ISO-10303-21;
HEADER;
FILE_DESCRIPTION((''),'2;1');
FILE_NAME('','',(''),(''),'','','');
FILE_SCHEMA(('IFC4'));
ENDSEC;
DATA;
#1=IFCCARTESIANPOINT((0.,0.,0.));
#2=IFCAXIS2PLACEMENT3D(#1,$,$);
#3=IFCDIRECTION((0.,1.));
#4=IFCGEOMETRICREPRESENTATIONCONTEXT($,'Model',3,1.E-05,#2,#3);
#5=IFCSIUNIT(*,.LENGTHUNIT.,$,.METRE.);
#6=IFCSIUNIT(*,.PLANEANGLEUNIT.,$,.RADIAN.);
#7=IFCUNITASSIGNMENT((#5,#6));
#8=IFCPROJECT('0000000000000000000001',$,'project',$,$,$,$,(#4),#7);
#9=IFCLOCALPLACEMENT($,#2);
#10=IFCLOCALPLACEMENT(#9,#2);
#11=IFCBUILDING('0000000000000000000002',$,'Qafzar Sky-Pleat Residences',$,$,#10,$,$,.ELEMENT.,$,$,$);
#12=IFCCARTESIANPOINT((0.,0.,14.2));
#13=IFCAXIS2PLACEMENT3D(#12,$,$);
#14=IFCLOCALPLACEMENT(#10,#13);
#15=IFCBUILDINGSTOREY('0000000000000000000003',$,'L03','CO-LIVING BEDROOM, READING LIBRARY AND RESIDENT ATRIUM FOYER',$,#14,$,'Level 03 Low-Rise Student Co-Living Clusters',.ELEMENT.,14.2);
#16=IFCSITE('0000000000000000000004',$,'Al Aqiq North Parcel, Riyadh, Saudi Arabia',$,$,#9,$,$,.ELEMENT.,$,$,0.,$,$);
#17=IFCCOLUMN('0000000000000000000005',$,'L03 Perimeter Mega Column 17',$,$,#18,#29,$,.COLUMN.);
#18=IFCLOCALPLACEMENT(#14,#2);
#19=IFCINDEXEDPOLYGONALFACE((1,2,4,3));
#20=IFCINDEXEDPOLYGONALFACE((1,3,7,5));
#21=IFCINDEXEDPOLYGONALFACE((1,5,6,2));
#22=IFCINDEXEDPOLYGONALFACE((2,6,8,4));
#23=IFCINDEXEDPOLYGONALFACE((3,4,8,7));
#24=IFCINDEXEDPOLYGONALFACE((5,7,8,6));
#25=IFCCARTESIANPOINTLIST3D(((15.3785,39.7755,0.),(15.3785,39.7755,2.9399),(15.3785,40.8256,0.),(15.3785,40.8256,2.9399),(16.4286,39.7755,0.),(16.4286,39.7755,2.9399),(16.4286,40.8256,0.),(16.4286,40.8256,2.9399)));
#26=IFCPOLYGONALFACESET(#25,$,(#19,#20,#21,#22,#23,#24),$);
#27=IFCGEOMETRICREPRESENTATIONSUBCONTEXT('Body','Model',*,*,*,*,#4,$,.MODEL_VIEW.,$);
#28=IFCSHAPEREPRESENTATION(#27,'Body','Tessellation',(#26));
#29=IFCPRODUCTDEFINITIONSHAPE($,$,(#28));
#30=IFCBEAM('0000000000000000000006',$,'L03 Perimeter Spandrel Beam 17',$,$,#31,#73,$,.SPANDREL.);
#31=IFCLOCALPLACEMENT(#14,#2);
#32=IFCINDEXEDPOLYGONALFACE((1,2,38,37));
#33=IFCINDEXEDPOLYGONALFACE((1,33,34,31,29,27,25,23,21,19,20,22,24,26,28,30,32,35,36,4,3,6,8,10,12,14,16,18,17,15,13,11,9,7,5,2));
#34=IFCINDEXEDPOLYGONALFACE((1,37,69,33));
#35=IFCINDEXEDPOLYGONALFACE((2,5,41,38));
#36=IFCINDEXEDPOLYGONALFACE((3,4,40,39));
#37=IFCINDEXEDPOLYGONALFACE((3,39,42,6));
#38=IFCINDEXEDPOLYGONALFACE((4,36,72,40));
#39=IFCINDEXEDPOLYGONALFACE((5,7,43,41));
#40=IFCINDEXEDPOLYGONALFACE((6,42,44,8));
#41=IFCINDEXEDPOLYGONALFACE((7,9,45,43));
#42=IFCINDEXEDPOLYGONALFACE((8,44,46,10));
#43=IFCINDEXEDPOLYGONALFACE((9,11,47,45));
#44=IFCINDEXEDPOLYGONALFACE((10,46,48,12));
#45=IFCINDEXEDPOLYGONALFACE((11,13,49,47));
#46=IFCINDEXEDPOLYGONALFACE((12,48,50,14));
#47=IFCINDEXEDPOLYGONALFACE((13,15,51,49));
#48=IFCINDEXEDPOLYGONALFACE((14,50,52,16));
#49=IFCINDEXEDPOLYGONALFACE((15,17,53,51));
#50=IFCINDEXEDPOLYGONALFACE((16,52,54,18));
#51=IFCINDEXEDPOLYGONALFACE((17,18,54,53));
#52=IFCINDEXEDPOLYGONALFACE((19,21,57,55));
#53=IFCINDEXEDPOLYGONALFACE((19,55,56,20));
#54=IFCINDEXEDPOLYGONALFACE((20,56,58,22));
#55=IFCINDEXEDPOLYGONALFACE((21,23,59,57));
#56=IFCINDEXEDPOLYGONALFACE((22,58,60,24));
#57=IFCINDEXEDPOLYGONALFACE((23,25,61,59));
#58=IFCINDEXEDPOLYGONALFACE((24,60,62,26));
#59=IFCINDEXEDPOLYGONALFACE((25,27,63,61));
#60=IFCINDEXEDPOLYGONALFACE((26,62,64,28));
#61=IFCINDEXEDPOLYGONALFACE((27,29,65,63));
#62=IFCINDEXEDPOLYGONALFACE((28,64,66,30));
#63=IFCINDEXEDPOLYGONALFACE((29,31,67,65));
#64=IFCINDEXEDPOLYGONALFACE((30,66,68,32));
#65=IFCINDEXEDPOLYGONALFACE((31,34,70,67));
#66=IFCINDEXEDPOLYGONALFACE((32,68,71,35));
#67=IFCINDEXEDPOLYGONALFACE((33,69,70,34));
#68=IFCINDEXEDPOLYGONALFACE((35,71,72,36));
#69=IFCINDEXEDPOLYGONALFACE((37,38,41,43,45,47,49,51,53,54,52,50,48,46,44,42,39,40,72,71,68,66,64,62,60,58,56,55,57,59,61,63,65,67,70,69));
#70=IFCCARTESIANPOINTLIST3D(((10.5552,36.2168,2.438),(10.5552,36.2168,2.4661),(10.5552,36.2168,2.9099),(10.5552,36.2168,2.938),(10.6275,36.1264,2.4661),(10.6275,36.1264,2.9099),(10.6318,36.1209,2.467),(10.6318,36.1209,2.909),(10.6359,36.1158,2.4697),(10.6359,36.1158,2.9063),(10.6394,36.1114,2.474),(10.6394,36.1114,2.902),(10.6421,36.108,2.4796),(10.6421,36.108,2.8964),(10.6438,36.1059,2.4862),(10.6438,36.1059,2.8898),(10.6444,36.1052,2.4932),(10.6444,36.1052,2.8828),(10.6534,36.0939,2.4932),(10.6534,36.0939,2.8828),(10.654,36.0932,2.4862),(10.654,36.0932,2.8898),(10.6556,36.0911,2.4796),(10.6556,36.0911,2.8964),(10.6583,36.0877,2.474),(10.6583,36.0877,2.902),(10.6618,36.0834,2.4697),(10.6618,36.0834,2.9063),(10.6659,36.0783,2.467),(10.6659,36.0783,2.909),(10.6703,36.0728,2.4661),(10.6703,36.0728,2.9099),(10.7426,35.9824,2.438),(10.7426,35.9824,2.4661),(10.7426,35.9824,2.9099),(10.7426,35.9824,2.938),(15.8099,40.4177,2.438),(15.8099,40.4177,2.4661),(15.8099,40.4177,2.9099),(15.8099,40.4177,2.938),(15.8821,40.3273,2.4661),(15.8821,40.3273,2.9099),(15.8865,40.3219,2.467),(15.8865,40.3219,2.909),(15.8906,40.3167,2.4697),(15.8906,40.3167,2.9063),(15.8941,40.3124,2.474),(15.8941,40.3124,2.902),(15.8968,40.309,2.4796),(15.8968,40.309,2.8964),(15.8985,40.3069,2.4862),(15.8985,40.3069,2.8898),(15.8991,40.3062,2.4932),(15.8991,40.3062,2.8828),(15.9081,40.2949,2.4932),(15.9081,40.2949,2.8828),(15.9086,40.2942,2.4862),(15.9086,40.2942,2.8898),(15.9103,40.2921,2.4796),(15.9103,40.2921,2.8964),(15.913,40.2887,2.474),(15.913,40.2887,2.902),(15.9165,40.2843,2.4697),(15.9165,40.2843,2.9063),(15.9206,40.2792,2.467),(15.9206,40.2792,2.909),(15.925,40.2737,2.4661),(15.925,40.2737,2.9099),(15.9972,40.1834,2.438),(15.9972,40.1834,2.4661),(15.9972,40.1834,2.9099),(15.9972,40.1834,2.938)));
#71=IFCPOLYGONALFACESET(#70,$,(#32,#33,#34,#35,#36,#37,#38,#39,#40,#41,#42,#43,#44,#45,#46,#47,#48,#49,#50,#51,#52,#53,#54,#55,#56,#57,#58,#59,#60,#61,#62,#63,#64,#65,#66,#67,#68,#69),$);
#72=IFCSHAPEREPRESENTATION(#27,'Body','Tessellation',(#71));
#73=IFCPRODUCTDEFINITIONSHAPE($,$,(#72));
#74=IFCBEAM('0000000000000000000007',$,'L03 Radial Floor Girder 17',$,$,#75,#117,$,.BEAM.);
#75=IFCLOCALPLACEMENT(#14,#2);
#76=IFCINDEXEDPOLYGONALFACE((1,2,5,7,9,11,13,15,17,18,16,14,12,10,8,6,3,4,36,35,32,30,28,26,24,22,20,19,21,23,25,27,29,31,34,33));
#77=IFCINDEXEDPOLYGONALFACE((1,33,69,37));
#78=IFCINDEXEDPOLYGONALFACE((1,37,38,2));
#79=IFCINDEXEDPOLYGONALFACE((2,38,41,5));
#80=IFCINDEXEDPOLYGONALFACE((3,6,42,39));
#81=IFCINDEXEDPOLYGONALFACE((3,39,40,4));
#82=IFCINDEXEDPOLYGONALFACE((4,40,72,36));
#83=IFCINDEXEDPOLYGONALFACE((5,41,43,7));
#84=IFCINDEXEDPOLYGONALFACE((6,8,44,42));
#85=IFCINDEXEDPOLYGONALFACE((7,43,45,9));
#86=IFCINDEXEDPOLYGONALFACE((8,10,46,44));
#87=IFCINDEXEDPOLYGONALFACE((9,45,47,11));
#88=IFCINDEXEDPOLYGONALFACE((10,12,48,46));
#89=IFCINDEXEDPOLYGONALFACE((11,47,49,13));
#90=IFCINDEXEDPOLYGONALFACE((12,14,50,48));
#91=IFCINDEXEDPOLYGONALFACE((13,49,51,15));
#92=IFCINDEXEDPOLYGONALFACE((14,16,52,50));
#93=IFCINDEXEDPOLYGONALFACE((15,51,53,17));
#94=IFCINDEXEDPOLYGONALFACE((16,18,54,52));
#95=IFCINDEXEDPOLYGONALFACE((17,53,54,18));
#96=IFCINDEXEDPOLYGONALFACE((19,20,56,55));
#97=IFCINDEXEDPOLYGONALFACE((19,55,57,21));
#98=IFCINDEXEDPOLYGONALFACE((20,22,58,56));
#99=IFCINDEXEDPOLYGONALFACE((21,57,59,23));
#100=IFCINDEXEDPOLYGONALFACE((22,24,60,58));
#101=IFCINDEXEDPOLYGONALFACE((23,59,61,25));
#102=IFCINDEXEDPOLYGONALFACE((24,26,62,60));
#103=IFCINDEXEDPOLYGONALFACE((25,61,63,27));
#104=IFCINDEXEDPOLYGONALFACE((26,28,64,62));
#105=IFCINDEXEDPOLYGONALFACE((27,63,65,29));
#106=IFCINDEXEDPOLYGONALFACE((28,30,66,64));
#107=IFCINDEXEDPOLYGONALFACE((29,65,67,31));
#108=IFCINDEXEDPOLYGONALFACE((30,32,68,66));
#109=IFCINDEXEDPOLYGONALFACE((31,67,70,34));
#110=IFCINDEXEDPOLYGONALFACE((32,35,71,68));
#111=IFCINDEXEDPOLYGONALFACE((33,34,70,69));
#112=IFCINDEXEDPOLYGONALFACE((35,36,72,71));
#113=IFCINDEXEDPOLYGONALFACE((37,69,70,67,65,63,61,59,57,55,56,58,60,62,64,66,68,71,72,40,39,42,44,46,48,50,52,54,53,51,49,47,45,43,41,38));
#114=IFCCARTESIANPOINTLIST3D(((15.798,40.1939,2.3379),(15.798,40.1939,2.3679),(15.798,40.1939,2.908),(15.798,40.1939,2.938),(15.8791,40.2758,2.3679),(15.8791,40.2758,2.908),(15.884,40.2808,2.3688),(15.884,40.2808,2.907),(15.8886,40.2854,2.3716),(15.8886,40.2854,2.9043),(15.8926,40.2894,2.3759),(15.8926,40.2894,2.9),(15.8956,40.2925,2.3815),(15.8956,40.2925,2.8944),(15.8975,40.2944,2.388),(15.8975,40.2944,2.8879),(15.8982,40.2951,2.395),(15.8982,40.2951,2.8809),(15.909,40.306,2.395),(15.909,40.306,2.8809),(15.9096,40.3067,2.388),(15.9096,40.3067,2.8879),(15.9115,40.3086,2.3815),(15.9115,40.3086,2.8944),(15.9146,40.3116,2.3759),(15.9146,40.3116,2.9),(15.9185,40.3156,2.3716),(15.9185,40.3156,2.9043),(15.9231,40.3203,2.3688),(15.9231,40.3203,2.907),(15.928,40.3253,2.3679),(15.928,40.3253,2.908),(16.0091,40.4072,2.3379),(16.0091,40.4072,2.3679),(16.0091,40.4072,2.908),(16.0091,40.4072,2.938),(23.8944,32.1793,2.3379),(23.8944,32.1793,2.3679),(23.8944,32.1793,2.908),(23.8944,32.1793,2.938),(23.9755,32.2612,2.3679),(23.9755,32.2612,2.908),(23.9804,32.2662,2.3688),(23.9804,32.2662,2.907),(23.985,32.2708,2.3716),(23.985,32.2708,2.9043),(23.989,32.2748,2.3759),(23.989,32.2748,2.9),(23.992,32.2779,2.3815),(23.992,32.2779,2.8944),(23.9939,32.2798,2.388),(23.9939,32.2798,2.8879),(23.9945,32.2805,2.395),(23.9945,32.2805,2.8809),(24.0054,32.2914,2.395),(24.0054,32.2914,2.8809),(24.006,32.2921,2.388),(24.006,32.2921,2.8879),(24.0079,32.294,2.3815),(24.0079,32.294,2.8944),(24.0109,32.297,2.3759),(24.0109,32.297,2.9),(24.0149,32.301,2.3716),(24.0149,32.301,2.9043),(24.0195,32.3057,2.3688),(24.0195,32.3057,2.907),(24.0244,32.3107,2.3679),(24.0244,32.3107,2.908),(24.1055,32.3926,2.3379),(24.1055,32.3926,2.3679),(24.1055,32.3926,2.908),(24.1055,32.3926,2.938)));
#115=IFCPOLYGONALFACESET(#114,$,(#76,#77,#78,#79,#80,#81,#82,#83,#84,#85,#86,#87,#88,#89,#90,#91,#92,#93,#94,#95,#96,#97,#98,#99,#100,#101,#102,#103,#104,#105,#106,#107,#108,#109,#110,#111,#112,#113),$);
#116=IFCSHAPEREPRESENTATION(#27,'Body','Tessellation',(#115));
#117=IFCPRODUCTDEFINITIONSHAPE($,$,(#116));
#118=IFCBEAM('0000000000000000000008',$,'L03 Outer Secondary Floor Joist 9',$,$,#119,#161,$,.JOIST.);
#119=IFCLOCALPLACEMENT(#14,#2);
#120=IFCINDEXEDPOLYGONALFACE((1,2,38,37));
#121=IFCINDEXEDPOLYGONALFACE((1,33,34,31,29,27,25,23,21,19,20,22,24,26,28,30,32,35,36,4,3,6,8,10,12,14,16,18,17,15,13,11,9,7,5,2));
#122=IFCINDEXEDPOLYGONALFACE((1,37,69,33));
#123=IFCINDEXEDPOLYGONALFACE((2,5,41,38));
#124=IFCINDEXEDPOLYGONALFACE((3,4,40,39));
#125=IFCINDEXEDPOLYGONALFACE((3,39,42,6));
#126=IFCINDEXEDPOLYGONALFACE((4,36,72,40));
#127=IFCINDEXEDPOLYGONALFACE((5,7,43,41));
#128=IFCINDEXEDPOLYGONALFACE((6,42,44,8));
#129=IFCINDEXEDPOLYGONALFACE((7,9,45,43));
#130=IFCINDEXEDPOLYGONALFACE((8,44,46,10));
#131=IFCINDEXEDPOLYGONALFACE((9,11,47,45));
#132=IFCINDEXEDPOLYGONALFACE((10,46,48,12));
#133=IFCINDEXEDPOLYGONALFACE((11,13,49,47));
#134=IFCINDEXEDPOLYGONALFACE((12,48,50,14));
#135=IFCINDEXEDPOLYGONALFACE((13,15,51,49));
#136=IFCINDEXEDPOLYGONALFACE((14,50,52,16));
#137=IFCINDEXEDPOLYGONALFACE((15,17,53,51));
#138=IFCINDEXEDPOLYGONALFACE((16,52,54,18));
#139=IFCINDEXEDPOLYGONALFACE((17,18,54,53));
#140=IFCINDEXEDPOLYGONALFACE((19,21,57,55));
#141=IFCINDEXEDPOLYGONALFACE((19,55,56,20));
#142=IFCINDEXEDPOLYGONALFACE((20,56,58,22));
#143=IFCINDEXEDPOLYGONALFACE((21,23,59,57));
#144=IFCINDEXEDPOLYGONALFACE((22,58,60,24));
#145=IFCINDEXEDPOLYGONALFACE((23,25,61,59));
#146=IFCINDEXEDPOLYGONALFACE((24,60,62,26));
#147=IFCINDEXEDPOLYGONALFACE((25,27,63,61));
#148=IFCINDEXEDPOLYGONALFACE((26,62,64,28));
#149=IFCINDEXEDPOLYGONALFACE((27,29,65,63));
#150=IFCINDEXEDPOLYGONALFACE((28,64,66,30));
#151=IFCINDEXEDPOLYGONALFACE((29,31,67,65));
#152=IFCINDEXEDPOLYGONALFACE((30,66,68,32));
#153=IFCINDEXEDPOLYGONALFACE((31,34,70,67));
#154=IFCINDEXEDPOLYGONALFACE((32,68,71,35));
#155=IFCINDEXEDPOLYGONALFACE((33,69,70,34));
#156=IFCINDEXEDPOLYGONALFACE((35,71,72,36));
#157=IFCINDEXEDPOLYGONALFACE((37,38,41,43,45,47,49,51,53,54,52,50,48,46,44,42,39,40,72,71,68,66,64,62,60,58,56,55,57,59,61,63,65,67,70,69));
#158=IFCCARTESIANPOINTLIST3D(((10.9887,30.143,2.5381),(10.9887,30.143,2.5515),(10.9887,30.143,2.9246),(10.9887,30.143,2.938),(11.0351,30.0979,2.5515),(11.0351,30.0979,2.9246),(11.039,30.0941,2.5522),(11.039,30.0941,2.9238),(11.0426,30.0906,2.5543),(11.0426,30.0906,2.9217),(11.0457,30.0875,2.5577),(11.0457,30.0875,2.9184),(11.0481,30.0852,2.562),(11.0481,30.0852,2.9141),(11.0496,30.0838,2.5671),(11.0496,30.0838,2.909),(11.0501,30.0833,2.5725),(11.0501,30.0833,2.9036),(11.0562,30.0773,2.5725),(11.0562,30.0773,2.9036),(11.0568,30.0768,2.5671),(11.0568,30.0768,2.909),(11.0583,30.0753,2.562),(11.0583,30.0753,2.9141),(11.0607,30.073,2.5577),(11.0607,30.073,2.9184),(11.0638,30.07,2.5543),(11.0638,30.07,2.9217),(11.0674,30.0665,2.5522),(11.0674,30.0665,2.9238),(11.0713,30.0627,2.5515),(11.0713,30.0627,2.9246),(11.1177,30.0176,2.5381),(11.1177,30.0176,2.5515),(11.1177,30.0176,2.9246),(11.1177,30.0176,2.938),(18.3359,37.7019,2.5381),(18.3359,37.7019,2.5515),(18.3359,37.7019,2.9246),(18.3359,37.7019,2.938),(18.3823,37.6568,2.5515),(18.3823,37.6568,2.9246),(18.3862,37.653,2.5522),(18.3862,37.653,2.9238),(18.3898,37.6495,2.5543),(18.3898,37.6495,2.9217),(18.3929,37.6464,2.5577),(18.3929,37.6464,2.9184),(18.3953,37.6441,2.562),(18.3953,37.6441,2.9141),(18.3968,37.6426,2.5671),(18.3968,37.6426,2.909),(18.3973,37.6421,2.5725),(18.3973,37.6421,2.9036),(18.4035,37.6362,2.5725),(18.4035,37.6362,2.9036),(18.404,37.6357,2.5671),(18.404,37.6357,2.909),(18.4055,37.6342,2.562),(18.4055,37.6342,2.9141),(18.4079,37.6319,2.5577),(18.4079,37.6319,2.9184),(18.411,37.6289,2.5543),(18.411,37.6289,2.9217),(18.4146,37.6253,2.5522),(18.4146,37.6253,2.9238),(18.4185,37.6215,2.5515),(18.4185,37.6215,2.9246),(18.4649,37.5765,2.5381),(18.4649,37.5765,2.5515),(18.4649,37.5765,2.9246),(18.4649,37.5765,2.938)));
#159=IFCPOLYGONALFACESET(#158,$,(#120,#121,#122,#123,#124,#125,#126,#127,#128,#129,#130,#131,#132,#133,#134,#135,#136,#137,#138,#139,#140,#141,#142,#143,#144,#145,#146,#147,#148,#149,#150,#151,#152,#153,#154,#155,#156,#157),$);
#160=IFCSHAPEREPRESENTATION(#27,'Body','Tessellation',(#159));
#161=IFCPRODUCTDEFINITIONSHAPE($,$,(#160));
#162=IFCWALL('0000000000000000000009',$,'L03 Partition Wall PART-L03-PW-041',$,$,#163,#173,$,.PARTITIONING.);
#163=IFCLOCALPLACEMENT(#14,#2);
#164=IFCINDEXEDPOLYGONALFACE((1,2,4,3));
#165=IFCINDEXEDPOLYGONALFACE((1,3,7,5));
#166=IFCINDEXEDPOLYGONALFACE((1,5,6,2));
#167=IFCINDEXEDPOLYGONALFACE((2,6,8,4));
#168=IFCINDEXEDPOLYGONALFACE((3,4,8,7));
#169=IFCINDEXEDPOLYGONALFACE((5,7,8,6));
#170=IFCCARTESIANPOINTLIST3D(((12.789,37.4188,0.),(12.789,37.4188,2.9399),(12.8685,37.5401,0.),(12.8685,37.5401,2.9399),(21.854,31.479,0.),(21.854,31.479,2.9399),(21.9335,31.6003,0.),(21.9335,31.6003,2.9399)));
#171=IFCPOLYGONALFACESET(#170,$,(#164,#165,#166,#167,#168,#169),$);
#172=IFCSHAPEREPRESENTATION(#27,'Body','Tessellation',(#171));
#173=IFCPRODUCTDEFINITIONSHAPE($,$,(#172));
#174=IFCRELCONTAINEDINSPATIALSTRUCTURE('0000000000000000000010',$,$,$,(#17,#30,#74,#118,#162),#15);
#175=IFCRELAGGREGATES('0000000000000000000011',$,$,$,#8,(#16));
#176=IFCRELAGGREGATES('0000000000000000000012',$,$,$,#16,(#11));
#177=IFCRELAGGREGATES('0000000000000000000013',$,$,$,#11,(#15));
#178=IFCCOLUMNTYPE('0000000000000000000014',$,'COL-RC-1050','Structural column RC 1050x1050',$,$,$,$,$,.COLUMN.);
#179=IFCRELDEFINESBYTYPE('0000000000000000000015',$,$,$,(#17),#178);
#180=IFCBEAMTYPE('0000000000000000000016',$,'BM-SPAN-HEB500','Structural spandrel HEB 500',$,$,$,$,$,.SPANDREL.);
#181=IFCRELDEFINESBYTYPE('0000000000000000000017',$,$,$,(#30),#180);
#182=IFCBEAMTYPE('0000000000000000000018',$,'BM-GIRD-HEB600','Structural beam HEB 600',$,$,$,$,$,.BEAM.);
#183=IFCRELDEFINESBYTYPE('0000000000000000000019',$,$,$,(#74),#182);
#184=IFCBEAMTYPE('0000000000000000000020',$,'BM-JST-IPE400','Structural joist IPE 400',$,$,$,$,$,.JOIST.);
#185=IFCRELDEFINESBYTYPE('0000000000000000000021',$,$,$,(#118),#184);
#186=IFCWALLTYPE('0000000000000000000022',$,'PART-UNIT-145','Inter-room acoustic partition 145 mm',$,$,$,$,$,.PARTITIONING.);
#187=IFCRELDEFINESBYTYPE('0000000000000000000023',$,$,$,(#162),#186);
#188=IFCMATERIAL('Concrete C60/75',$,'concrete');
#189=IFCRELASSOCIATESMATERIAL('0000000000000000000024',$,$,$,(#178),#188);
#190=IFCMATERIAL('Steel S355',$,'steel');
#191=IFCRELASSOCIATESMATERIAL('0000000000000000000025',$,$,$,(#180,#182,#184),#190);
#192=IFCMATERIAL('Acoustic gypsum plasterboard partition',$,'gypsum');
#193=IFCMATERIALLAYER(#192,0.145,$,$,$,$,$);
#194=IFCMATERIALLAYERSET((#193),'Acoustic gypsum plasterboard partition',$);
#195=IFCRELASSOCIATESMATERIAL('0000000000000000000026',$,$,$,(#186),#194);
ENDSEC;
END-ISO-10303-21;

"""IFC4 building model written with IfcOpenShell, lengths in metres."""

from ifc_helpers import new_model, si_unit, direction, frame, frame_2d, origin, origin_2d, place, context, subcontext, project, spatial, rectangle, i_section, extrude, source, transform, mapped, material, layer, layer_set, material_profile, profile_set, type_object, element, save


model = new_model("IFC4")

# Units and contexts
model_context = context("Model", 3, precision=1e-05, world=origin(), true_north=direction((0.0, 1.0)))
body_context = subcontext(model_context, "Body", "Model", "MODEL_VIEW")
ifc_project = project(units=[si_unit("LENGTHUNIT", "METRE"), si_unit("PLANEANGLEUNIT", "RADIAN")], contexts=[model_context])

# Site, building, storey
site_placement = place(None, origin())
site = spatial("IfcSite", under=ifc_project, at=site_placement, Name="Al Aqiq North Parcel, Riyadh, Saudi Arabia", CompositionType="ELEMENT", RefElevation=0.0)
building_placement = place(site_placement, origin())
building = spatial("IfcBuilding", under=site, at=building_placement, Name="Qafzar Sky-Pleat Residences", CompositionType="ELEMENT")
storey_placement = place(building_placement, frame((0.0, 0.0, 14.2)))
storey = spatial("IfcBuildingStorey", under=building, at=storey_placement, Name="L03", Description="CO-LIVING BEDROOM, READING LIBRARY AND RESIDENT ATRIUM FOYER", LongName="Level 03 Low-Rise Student Co-Living Clusters", CompositionType="ELEMENT", Elevation=14.2)

# Column
ifc_material_1 = material(Name="Concrete C60/75", Category="concrete")
ifc_material_profile_1 = material_profile(ifc_material_1, rectangle(XDim=1.05, YDim=1.05, at=origin_2d()), Name="RC 1050x1050")
ifc_profile_set_1 = profile_set([ifc_material_profile_1], Name="Concrete C60/75")
column_type = type_object("IfcColumnType", Name="COL-RC-1050", Description="Structural column RC 1050x1050", PredefinedType="COLUMN", material=ifc_profile_set_1)
shared_shape_1 = source(origin(), body_context, "Body", "SweptSolid", [
    extrude(rectangle(XDim=1.05, YDim=1.05, at=origin_2d()), origin(), (0.0, 0.0, 1.0), 2.9399),
])
column_placement = place(storey_placement, frame((15.9036, 40.3005, 0.0), z_axis=(0.0, 0.0, 1.0), x_axis=(1.0, 0.0, 0.0)))
element("IfcColumn", 1, at=column_placement, inside=storey, type_object=column_type, Name="L03 Perimeter Mega Column 17", PredefinedType="COLUMN", context=body_context, shape_type="MappedRepresentation", body=[
    mapped(shared_shape_1, transform((0.0, 0.0, 0.0), x_axis=(1.0, 0.0, 0.0), y_axis=(0.0, 1.0, 0.0), z_axis=(0.0, 0.0, 1.0), scale=1.0)),
])

# Beams
ifc_material_2 = material(Name="Steel S355", Category="steel")
ifc_material_profile_2 = material_profile(ifc_material_2, i_section(OverallWidth=0.3, OverallDepth=0.5, WebThickness=0.0144, FlangeThickness=0.0281, FilletRadius=0.0271, at=origin_2d()), Name="HEB 500")
ifc_profile_set_2 = profile_set([ifc_material_profile_2], Name="Steel S355")
beam_type_1 = type_object("IfcBeamType", Name="BM-SPAN-HEB500", Description="Structural spandrel HEB 500", PredefinedType="SPANDREL", material=ifc_profile_set_2)
shared_shape_2 = source(origin(), body_context, "Body", "SweptSolid", [
    extrude(i_section(OverallWidth=0.3, OverallDepth=0.5, WebThickness=0.0144, FlangeThickness=0.0281, FilletRadius=0.0271, at=origin_2d()), origin(), (0.0, 0.0, 1.0), 6.7275),
])
beam_1_placement = place(storey_placement, frame((15.9036, 40.3005, 2.688), z_axis=(-0.781071, -0.624443, 0.0), x_axis=(0.624443, -0.781071, 0.0)))
element("IfcBeam", 2, at=beam_1_placement, inside=storey, type_object=beam_type_1, Name="L03 Perimeter Spandrel Beam 17", PredefinedType="SPANDREL", context=body_context, shape_type="MappedRepresentation", body=[
    mapped(shared_shape_2, transform((0.0, 0.0, 0.0), x_axis=(1.0, 0.0, 0.0), y_axis=(0.0, 1.0, 0.0), z_axis=(0.0, 0.0, 1.0), scale=1.0)),
])
ifc_material_profile_3 = material_profile(ifc_material_2, i_section(OverallWidth=0.3, OverallDepth=0.6001, WebThickness=0.0154, FlangeThickness=0.03, FilletRadius=0.0271, at=origin_2d()), Name="HEB 600")
ifc_profile_set_3 = profile_set([ifc_material_profile_3], Name="Steel S355")
beam_type_2 = type_object("IfcBeamType", Name="BM-GIRD-HEB600", Description="Structural beam HEB 600", PredefinedType="BEAM", material=ifc_profile_set_3)
shared_shape_3 = source(origin(), body_context, "Body", "SweptSolid", [
    extrude(i_section(OverallWidth=0.3, OverallDepth=0.6001, WebThickness=0.0154, FlangeThickness=0.03, FilletRadius=0.0271, at=origin_2d()), origin(), (0.0, 0.0, 1.0), 11.3923),
])
beam_2_placement = place(storey_placement, frame((15.9036, 40.3005, 2.6379), z_axis=(0.710687, -0.703508, 0.0), x_axis=(0.703508, 0.710687, 0.0)))
element("IfcBeam", 3, at=beam_2_placement, inside=storey, type_object=beam_type_2, Name="L03 Radial Floor Girder 17", PredefinedType="BEAM", context=body_context, shape_type="MappedRepresentation", body=[
    mapped(shared_shape_3, transform((0.0, 0.0, 0.0), x_axis=(1.0, 0.0, 0.0), y_axis=(0.0, 1.0, 0.0), z_axis=(0.0, 0.0, 1.0), scale=1.0)),
])
ifc_material_profile_4 = material_profile(ifc_material_2, i_section(OverallWidth=0.1799, OverallDepth=0.3999, WebThickness=0.0085, FlangeThickness=0.0134, FilletRadius=0.021, at=origin_2d()), Name="IPE 400")
ifc_profile_set_4 = profile_set([ifc_material_profile_4], Name="Steel S355")
beam_type_3 = type_object("IfcBeamType", Name="BM-JST-IPE400", Description="Structural joist IPE 400", PredefinedType="JOIST", material=ifc_profile_set_4)
shared_shape_4 = source(origin(), body_context, "Body", "SweptSolid", [
    extrude(i_section(OverallWidth=0.1799, OverallDepth=0.3999, WebThickness=0.0085, FlangeThickness=0.0134, FilletRadius=0.021, at=origin_2d()), origin(), (0.0, 0.0, 1.0), 10.5413),
])
beam_3_placement = place(storey_placement, frame((18.4004, 37.6392, 2.738), z_axis=(-0.696995, -0.717076, 0.0), x_axis=(0.717076, -0.696995, 0.0)))
element("IfcBeam", 4, at=beam_3_placement, inside=storey, type_object=beam_type_3, Name="L03 Outer Secondary Floor Joist 9", PredefinedType="JOIST", context=body_context, shape_type="MappedRepresentation", body=[
    mapped(shared_shape_4, transform((0.0, 0.0, 0.0), x_axis=(1.0, 0.0, 0.0), y_axis=(0.0, 1.0, 0.0), z_axis=(0.0, 0.0, 1.0), scale=1.0)),
])

# Wall
ifc_material_3 = material(Name="Acoustic gypsum plasterboard partition", Category="gypsum")
ifc_layer_1 = layer(ifc_material_3, 0.145)
ifc_layer_set_1 = layer_set([ifc_layer_1], Name="Acoustic gypsum plasterboard partition")
wall_type_1 = type_object("IfcWallType", Name="PART-UNIT-145", Description="Inter-room acoustic partition 145 mm", PredefinedType="PARTITIONING", material=ifc_layer_set_1)
wall_1_placement = place(storey_placement, frame((12.8286, 37.4795, 0.0), z_axis=(0.0, 0.0, 1.0), x_axis=(0.836436, -0.548065, 0.0)))
element("IfcWall", 5, at=wall_1_placement, inside=storey, type_object=wall_type_1, Name="L03 Partition Wall PART-L03-PW-041", PredefinedType="PARTITIONING", context=body_context, shape_type="SweptSolid", body=[
    extrude(rectangle(XDim=10.8376, YDim=0.145, at=frame_2d((5.4189, 0.0))), origin(), (0.0, 0.0, 1.0), 2.9399),
])

save(model, "model.ifc")
